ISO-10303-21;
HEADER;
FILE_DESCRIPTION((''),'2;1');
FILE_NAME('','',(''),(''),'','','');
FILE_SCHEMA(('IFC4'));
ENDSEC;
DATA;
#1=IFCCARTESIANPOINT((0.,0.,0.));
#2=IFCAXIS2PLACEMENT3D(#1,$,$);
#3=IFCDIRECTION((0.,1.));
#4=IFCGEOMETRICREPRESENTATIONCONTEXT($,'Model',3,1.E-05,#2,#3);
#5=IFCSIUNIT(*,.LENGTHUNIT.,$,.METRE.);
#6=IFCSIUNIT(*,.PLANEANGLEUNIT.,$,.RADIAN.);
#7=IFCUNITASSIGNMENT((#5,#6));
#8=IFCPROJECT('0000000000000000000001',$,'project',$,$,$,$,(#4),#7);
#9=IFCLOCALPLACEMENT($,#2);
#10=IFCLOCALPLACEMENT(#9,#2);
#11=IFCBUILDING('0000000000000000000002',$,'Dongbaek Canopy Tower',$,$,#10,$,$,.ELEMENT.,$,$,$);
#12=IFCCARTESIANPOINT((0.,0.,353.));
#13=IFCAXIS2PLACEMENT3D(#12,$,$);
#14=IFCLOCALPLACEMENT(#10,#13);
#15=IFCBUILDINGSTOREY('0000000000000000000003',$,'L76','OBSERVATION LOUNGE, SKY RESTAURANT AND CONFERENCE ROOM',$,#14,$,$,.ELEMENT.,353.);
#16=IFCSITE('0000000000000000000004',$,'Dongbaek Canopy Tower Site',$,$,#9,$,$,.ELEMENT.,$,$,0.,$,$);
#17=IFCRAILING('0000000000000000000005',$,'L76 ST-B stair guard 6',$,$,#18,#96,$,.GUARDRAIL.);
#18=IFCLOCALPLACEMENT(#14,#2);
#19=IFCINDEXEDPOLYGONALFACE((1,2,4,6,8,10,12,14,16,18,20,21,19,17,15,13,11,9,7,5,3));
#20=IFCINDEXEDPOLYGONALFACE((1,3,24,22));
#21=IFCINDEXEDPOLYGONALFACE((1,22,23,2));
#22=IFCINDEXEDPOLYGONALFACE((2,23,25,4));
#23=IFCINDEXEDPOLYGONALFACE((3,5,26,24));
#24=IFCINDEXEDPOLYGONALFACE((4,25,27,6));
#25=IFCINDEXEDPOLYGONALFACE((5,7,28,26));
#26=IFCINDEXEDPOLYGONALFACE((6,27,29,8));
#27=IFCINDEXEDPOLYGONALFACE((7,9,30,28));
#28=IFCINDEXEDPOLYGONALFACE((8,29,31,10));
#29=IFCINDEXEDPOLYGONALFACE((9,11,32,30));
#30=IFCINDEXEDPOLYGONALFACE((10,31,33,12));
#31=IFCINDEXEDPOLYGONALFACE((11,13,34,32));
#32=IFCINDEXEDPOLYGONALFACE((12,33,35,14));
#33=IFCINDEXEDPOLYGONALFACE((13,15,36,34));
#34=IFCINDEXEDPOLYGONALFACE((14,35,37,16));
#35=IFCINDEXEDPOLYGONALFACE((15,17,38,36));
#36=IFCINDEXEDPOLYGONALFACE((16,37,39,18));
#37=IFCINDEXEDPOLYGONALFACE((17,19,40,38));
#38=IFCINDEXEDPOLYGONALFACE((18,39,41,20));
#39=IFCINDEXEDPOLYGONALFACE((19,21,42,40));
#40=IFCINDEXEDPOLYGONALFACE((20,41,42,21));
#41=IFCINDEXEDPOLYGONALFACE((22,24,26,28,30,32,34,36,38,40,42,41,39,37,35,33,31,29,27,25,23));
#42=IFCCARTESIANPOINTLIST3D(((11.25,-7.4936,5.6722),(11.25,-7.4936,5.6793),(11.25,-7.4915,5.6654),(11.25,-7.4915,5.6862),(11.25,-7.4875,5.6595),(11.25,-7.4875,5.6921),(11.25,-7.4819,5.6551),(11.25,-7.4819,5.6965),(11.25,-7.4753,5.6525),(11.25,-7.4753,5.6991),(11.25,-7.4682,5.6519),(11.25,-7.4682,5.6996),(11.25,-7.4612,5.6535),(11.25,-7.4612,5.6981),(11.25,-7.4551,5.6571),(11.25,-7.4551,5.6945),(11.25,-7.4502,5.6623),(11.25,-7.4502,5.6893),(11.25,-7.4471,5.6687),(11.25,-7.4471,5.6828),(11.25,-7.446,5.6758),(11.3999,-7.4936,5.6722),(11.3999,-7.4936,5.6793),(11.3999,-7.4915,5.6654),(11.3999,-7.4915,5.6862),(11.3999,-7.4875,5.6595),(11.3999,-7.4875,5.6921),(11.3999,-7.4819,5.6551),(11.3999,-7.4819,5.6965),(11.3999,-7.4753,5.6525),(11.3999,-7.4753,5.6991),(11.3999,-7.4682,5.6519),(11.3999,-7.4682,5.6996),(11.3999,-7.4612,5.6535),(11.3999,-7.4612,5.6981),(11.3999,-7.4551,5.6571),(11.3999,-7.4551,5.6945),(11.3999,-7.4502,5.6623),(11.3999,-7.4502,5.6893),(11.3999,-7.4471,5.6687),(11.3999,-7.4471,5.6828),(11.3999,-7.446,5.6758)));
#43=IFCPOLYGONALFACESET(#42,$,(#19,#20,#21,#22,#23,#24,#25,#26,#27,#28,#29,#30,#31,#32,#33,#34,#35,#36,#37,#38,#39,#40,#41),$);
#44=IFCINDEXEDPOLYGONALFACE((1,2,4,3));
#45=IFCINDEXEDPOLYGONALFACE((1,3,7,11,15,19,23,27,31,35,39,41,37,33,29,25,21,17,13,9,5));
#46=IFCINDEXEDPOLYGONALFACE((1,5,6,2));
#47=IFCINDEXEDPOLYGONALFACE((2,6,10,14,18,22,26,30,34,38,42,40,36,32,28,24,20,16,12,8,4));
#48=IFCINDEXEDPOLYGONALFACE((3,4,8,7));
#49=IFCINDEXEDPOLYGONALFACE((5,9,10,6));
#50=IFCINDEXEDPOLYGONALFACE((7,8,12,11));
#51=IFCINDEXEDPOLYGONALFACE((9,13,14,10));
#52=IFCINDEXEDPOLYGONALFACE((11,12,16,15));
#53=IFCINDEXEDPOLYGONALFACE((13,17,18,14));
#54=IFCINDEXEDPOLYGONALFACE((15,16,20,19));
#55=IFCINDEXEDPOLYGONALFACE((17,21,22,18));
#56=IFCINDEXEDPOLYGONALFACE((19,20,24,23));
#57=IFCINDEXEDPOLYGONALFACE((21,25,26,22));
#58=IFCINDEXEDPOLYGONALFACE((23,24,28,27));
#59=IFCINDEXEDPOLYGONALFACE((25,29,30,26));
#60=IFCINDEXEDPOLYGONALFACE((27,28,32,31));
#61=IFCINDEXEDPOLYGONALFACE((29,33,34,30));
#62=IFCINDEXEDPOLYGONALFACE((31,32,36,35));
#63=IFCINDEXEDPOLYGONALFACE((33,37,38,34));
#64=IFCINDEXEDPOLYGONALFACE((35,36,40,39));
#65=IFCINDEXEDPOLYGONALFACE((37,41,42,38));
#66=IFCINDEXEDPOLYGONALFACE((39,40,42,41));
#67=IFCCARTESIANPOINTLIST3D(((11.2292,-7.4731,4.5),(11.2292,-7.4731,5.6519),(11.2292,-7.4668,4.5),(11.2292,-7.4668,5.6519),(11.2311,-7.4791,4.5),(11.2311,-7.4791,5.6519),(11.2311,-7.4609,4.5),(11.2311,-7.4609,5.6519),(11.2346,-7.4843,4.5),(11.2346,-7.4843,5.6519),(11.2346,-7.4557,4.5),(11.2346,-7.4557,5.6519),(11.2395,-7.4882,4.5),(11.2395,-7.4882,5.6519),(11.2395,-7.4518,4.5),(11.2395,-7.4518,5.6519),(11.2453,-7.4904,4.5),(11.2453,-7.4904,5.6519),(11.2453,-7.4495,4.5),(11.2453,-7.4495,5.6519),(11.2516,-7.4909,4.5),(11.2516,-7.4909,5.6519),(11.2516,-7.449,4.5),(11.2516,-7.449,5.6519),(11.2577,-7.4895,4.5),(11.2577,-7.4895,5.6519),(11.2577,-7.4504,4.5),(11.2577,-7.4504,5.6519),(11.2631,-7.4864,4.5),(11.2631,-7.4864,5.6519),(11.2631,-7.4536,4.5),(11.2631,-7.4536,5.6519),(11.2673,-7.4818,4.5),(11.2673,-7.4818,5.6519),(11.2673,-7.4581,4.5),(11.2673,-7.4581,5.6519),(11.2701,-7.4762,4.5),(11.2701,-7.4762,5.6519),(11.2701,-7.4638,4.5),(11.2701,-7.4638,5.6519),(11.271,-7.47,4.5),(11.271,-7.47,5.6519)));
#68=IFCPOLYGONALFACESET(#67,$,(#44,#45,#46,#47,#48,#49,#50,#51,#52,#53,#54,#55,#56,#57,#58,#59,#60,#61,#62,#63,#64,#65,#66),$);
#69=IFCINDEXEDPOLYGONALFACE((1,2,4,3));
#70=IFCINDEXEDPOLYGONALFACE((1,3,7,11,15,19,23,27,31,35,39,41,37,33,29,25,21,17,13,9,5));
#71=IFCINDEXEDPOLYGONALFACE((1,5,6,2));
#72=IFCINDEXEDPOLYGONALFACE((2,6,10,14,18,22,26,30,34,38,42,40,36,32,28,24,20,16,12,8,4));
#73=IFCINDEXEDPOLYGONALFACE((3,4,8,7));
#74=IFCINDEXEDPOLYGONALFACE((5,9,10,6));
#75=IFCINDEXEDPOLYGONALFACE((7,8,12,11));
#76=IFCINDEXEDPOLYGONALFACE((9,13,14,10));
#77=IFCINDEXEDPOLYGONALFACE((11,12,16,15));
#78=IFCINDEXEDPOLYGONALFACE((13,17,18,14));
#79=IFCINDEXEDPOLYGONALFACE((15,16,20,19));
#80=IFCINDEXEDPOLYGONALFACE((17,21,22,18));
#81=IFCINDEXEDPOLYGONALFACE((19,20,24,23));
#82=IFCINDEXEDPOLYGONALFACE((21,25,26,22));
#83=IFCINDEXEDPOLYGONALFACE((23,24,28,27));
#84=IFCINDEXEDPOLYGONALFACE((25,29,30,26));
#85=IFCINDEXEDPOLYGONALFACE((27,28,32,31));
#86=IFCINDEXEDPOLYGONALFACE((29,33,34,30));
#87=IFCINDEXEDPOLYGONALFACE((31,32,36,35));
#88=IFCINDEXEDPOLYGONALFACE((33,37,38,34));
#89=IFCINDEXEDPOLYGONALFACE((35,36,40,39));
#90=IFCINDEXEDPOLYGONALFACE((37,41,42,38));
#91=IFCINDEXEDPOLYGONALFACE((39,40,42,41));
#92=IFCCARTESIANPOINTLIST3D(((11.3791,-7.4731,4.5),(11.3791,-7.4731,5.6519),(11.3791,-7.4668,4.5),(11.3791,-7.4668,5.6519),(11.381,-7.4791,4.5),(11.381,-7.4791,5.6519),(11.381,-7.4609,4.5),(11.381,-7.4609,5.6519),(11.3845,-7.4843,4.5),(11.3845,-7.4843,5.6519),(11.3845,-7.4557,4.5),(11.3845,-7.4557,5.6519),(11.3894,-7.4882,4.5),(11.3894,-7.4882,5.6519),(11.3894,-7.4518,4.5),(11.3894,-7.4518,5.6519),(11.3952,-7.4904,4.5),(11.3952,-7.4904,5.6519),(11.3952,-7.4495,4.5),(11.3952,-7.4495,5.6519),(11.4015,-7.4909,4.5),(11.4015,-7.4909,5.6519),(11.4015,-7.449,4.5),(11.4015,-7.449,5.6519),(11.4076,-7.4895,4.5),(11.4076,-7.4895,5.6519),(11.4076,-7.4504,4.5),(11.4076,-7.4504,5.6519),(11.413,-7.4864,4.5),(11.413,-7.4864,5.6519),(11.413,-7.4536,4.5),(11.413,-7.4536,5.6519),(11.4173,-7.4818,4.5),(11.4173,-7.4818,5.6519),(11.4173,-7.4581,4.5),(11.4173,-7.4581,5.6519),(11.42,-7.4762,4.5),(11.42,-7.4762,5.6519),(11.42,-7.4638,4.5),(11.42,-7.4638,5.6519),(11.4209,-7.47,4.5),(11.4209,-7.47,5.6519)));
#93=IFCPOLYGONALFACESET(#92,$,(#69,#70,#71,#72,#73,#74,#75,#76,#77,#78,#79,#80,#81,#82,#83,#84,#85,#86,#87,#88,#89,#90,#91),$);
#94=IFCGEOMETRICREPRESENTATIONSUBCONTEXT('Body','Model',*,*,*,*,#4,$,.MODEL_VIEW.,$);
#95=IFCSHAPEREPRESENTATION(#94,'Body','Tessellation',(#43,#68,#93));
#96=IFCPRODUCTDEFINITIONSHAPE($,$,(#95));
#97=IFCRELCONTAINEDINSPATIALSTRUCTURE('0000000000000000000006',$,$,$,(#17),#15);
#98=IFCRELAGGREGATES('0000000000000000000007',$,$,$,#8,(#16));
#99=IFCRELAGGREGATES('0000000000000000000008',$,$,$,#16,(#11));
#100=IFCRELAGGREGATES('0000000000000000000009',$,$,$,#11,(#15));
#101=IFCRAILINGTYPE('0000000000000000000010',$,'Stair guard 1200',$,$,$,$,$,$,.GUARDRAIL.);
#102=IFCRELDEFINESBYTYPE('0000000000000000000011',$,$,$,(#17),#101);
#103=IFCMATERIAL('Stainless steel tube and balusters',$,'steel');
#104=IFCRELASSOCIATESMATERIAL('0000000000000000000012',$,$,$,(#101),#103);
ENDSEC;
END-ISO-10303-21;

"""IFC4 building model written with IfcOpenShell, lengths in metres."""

from ifc_helpers import new_model, si_unit, direction, frame, origin, origin_2d, place, context, subcontext, project, spatial, circle, extrude, material, type_object, element, save


model = new_model("IFC4")

# Units and contexts
model_context = context("Model", 3, precision=1e-05, world=origin(), true_north=direction((0.0, 1.0)))
body_context = subcontext(model_context, "Body", "Model", "MODEL_VIEW")
ifc_project = project(units=[si_unit("LENGTHUNIT", "METRE"), si_unit("PLANEANGLEUNIT", "RADIAN")], contexts=[model_context])

# Site, building, storey
site_placement = place(None, origin())
site = spatial("IfcSite", under=ifc_project, at=site_placement, Name="Dongbaek Canopy Tower Site", CompositionType="ELEMENT", RefElevation=0.0)
building_placement = place(site_placement, origin())
building = spatial("IfcBuilding", under=site, at=building_placement, Name="Dongbaek Canopy Tower", CompositionType="ELEMENT")
storey_placement = place(building_placement, frame((0.0, 0.0, 353.0)))
storey = spatial("IfcBuildingStorey", under=building, at=storey_placement, Name="L76", Description="OBSERVATION LOUNGE, SKY RESTAURANT AND CONFERENCE ROOM", CompositionType="ELEMENT", Elevation=353.0)

# Railing
ifc_material_1 = material(Name="Stainless steel tube and balusters", Category="steel")
railing_type_1 = type_object("IfcRailingType", Name="Stair guard 1200", PredefinedType="GUARDRAIL", material=ifc_material_1)
railing_1_placement = place(storey_placement, frame((11.25, -7.47, 4.5)))
element("IfcRailing", 1, at=railing_1_placement, inside=storey, type_object=railing_type_1, Name="L76 ST-B stair guard 6", PredefinedType="GUARDRAIL", context=body_context, shape_type="SweptSolid", body=[
    extrude(circle(Radius=0.0239, at=origin_2d()), frame((0.0, 0.0, 1.1758), z_axis=(1.0, 0.0, 0.0), x_axis=(0.0, 1.0, 0.0)), (0.0, 0.0, 1.0), 0.1499),
    extrude(circle(Radius=0.021, at=origin_2d()), origin(), (0.0, 0.0, 1.0), 1.1519),
    extrude(circle(Radius=0.021, at=origin_2d()), frame((0.1499, 0.0, 0.0)), (0.0, 0.0, 1.0), 1.1519),
])

save(model, "model.ifc")
